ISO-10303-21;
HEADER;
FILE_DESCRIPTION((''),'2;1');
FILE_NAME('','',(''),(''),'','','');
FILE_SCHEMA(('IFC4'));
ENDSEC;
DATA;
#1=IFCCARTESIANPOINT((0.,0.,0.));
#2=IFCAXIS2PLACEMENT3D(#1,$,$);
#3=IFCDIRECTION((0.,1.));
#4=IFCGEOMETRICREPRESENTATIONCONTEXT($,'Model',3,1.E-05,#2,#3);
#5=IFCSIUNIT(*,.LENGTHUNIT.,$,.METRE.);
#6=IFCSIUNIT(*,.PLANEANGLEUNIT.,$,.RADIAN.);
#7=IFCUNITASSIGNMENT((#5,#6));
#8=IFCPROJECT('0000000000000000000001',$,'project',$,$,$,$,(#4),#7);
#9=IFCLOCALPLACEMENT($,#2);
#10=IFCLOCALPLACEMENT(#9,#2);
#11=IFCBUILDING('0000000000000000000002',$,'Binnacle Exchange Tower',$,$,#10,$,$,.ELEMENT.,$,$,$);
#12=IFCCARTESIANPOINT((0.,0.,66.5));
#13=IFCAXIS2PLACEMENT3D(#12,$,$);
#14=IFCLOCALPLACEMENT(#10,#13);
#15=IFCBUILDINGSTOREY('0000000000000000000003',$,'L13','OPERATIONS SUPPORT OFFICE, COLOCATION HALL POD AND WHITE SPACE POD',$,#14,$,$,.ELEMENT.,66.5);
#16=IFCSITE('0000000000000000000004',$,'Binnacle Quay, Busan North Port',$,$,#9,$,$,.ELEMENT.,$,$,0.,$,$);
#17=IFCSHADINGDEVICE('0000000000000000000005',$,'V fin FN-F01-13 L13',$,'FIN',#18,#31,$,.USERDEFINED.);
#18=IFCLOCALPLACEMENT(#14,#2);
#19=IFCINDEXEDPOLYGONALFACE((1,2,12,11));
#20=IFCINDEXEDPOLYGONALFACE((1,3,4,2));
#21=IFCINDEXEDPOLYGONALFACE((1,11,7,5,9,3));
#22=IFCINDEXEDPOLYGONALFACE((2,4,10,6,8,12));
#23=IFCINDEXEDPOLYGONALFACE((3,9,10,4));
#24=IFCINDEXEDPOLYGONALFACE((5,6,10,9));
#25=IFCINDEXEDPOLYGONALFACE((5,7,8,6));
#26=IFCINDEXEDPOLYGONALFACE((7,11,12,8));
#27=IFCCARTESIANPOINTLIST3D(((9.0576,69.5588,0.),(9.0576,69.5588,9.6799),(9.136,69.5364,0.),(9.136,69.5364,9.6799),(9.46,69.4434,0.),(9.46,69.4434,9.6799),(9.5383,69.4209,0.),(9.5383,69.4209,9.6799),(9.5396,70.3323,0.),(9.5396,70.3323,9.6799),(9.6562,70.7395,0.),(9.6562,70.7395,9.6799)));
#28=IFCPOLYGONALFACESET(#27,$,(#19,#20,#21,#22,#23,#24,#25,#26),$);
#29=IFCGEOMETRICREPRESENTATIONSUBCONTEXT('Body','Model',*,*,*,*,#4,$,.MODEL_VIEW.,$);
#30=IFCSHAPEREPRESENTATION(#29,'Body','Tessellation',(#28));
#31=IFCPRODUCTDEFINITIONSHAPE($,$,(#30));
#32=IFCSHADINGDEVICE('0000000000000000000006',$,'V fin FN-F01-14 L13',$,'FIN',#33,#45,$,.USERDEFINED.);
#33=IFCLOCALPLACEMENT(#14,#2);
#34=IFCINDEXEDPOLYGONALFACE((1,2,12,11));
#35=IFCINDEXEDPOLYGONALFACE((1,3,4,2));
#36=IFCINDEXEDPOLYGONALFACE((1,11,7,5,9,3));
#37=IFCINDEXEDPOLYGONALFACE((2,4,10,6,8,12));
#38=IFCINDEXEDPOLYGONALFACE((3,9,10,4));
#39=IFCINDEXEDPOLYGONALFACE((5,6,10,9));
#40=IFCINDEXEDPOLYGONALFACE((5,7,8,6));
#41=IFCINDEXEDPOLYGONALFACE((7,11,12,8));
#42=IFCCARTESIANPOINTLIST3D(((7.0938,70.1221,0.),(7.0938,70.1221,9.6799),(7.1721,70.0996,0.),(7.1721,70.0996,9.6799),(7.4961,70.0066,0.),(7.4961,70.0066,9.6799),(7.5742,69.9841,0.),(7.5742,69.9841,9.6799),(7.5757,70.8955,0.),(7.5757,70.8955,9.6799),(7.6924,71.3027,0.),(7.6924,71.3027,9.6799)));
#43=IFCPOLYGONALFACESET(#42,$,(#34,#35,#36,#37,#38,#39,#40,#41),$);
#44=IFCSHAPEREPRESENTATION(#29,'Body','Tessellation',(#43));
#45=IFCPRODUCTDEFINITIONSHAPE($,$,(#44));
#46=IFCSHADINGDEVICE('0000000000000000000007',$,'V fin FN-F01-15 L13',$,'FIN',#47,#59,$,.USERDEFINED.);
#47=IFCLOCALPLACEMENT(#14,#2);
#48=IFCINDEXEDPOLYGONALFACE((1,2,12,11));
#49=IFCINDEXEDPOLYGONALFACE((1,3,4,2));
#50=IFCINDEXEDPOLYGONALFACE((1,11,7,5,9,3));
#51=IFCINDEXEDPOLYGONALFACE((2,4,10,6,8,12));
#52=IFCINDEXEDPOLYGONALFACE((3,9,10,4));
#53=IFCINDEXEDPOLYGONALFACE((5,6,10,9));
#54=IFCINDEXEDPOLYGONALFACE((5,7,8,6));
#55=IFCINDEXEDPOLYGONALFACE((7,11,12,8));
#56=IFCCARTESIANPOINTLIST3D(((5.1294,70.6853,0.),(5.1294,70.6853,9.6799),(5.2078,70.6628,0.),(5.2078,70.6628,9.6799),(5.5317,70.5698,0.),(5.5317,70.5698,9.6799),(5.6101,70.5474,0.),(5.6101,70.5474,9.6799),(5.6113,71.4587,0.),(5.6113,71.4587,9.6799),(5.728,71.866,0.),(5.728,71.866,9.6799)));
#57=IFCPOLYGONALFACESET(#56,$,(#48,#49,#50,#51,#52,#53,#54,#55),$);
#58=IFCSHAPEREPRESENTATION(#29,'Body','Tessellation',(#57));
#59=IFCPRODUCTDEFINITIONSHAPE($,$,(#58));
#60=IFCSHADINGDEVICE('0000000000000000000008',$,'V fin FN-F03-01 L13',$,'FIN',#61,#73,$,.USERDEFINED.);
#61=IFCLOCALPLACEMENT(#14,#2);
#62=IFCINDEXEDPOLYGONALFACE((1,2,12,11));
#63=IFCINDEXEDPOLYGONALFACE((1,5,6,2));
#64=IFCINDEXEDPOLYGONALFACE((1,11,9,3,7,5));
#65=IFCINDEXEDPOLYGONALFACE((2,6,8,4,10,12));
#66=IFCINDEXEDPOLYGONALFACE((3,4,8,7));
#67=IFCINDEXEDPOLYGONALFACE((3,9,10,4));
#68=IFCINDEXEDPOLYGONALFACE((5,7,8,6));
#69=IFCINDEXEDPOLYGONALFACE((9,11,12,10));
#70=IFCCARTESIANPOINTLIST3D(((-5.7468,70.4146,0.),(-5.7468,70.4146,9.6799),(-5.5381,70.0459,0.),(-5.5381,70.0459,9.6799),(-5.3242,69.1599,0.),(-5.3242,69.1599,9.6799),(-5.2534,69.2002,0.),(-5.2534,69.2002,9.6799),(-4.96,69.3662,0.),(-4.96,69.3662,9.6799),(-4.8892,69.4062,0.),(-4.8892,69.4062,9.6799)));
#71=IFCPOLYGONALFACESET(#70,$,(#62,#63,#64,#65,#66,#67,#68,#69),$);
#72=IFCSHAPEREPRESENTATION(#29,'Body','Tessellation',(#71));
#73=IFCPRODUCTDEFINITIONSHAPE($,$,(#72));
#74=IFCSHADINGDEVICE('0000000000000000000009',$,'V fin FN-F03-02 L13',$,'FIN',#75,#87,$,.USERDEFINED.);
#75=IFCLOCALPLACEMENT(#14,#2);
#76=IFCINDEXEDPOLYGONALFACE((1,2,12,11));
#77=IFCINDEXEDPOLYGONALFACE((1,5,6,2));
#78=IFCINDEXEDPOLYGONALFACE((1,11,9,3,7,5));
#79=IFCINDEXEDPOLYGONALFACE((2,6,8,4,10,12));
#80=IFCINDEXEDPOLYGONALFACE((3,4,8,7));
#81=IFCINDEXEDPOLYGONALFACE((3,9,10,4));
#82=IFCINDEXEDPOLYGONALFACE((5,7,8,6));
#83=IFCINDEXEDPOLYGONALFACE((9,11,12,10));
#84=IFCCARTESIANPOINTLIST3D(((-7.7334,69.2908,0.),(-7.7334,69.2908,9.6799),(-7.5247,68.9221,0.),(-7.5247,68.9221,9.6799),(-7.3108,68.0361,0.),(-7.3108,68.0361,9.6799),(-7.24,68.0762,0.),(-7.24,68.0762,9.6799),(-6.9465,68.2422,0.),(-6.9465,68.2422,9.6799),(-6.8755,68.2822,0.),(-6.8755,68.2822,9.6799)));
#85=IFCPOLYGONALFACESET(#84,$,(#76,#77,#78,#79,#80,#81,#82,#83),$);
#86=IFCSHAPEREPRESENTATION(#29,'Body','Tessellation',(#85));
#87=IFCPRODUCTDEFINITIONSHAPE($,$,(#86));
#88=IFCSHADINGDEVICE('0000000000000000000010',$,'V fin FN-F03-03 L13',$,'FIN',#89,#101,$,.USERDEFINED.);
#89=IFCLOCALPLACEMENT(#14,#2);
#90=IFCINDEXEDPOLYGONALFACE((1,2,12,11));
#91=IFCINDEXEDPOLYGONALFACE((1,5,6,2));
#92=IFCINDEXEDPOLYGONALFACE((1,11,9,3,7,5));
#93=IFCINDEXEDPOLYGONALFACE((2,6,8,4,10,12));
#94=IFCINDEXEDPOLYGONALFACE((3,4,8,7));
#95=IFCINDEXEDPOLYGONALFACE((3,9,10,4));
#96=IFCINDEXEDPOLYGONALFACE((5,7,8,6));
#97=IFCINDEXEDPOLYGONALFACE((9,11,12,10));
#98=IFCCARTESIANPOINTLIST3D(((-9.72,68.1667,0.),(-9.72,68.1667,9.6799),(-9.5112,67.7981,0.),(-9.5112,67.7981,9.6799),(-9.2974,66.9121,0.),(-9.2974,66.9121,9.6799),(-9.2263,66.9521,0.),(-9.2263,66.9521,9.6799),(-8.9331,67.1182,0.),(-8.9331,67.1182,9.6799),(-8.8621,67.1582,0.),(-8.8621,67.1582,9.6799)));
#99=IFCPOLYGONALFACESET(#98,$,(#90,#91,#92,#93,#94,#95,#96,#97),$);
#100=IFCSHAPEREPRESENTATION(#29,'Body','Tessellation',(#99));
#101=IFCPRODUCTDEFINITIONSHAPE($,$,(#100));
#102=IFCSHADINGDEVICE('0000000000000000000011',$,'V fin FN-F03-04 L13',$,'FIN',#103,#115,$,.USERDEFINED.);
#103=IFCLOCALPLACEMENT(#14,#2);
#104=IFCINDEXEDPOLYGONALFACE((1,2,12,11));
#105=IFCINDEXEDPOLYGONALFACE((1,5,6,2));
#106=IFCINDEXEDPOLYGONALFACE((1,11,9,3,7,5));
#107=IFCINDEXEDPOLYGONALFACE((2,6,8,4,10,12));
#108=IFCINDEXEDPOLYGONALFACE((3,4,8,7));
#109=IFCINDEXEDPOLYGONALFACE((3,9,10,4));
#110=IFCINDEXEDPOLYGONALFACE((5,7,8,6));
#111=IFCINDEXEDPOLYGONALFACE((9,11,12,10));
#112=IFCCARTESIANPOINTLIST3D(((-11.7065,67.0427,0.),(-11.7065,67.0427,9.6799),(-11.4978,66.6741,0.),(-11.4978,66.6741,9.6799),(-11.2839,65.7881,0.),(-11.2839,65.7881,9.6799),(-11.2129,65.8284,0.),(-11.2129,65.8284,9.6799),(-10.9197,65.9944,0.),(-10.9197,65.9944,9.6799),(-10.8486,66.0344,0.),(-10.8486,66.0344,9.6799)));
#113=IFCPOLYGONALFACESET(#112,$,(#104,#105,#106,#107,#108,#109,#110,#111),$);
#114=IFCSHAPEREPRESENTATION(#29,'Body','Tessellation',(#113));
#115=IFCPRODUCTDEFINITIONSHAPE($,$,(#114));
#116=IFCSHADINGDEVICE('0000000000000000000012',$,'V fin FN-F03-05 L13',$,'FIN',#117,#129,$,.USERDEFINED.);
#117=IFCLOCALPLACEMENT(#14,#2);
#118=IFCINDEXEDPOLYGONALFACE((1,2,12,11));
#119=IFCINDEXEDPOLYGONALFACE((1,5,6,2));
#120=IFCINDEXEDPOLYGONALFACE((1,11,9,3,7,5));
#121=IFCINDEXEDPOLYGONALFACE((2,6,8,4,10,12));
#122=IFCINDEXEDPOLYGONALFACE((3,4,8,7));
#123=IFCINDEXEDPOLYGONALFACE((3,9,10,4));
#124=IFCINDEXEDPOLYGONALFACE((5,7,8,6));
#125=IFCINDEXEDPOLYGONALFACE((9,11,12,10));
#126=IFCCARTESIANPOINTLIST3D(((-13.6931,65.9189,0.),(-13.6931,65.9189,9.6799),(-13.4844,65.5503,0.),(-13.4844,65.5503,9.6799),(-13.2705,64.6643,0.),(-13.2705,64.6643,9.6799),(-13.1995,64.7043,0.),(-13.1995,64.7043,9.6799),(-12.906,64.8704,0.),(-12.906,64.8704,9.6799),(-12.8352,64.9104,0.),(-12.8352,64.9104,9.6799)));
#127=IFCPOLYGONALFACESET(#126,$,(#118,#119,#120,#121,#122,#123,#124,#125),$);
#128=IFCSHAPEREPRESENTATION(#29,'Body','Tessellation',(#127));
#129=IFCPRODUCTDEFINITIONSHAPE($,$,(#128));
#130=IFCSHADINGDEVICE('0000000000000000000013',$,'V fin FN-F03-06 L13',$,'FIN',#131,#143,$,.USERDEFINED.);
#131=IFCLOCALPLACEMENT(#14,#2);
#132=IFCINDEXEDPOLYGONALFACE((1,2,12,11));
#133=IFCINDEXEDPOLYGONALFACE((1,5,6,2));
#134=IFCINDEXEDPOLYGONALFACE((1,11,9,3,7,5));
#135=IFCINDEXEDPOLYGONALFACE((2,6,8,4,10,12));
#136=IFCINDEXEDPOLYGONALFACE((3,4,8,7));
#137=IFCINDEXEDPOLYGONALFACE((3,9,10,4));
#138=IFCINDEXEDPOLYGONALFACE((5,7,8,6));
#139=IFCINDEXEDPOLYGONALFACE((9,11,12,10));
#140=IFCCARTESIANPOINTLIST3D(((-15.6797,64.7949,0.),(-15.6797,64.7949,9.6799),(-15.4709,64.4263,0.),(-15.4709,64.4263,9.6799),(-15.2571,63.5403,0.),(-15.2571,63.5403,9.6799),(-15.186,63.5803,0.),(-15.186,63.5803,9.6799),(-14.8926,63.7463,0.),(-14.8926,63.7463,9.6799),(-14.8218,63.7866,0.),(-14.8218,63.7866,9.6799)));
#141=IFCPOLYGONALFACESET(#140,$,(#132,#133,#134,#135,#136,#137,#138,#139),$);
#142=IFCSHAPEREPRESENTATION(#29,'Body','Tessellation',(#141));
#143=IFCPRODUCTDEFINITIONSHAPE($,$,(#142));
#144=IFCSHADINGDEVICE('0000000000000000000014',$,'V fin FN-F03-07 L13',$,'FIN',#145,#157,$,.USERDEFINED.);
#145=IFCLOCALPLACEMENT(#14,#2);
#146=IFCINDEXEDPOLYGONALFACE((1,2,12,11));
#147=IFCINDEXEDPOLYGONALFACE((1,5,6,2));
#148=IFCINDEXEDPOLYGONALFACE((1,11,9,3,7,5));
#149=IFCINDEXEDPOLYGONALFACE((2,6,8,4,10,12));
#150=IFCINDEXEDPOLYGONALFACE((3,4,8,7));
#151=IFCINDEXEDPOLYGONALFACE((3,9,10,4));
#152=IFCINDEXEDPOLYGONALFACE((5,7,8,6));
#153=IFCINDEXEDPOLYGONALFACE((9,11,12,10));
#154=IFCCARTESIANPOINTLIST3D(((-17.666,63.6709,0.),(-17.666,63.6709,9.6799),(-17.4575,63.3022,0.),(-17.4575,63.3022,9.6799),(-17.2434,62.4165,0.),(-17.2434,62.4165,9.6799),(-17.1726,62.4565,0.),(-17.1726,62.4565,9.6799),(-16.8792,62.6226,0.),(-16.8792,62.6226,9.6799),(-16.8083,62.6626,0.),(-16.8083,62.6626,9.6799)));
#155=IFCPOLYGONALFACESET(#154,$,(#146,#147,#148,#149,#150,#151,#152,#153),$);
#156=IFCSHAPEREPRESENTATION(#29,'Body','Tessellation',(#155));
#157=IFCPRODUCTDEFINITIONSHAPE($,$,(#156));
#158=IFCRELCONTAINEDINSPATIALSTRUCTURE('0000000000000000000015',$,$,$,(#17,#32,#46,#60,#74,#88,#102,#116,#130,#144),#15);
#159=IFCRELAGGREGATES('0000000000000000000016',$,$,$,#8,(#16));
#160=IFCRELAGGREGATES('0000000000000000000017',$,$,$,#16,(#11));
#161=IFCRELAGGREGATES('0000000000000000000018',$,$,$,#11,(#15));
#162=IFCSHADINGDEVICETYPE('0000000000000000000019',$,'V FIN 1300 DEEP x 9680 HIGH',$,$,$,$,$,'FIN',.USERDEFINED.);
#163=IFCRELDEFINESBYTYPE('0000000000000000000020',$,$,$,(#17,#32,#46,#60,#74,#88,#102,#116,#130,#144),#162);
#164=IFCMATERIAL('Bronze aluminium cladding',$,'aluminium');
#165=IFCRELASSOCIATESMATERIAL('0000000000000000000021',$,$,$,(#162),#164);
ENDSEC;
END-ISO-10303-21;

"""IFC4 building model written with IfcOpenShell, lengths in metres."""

from ifc_helpers import new_model, si_unit, direction, frame, origin, place, context, subcontext, project, spatial, polyline, outline, extrude, material, type_object, element, save


model = new_model("IFC4")

# Units and contexts
model_context = context("Model", 3, precision=1e-05, world=origin(), true_north=direction((0.0, 1.0)))
body_context = subcontext(model_context, "Body", "Model", "MODEL_VIEW")
ifc_project = project(units=[si_unit("LENGTHUNIT", "METRE"), si_unit("PLANEANGLEUNIT", "RADIAN")], contexts=[model_context])

# Site, building, storey
site_placement = place(None, origin())
site = spatial("IfcSite", under=ifc_project, at=site_placement, Name="Binnacle Quay, Busan North Port", CompositionType="ELEMENT", RefElevation=0.0)
building_placement = place(site_placement, origin())
building = spatial("IfcBuilding", under=site, at=building_placement, Name="Binnacle Exchange Tower", CompositionType="ELEMENT")
storey_placement = place(building_placement, frame((0.0, 0.0, 66.5)))
storey = spatial("IfcBuildingStorey", under=building, at=storey_placement, Name="L13", Description="OPERATIONS SUPPORT OFFICE, COLOCATION HALL POD AND WHITE SPACE POD", CompositionType="ELEMENT", Elevation=66.5)

# Shading devices
ifc_material = material(Name="Bronze aluminium cladding", Category="aluminium")
shading_device_type = type_object("IfcShadingDeviceType", Name="V FIN 1300 DEEP x 9680 HIGH", ElementType="FIN", PredefinedType="USERDEFINED", material=ifc_material)
shading_device_1_placement = place(storey_placement, origin())
element("IfcShadingDevice", 1, at=shading_device_1_placement, inside=storey, type_object=shading_device_type, Name="V fin FN-F01-13 L13", ObjectType="FIN", PredefinedType="USERDEFINED", context=body_context, shape_type="SweptSolid", body=[
    extrude(outline(polyline([(9.5383, 69.4209), (9.6562, 70.7395), (9.0576, 69.5588), (9.136, 69.5364), (9.5396, 70.3323), (9.46, 69.4434), (9.5383, 69.4209)])), origin(), (0.0, 0.0, 1.0), 9.6799),
])
shading_device_2_placement = place(storey_placement, origin())
element("IfcShadingDevice", 2, at=shading_device_2_placement, inside=storey, type_object=shading_device_type, Name="V fin FN-F01-14 L13", ObjectType="FIN", PredefinedType="USERDEFINED", context=body_context, shape_type="SweptSolid", body=[
    extrude(outline(polyline([(7.5742, 69.9841), (7.6924, 71.3027), (7.0938, 70.1221), (7.1721, 70.0996), (7.5757, 70.8955), (7.4961, 70.0066), (7.5742, 69.9841)])), origin(), (0.0, 0.0, 1.0), 9.6799),
])
shading_device_3_placement = place(storey_placement, origin())
element("IfcShadingDevice", 3, at=shading_device_3_placement, inside=storey, type_object=shading_device_type, Name="V fin FN-F01-15 L13", ObjectType="FIN", PredefinedType="USERDEFINED", context=body_context, shape_type="SweptSolid", body=[
    extrude(outline(polyline([(5.6101, 70.5474), (5.728, 71.866), (5.1294, 70.6853), (5.2078, 70.6628), (5.6113, 71.4587), (5.5317, 70.5698), (5.6101, 70.5474)])), origin(), (0.0, 0.0, 1.0), 9.6799),
])
shading_device_4_placement = place(storey_placement, origin())
element("IfcShadingDevice", 4, at=shading_device_4_placement, inside=storey, type_object=shading_device_type, Name="V fin FN-F03-01 L13", ObjectType="FIN", PredefinedType="USERDEFINED", context=body_context, shape_type="SweptSolid", body=[
    extrude(outline(polyline([(-4.8892, 69.4062), (-5.7468, 70.4146), (-5.3242, 69.1599), (-5.2534, 69.2002), (-5.5381, 70.0459), (-4.96, 69.3662), (-4.8892, 69.4062)])), origin(), (0.0, 0.0, 1.0), 9.6799),
])
shading_device_5_placement = place(storey_placement, origin())
element("IfcShadingDevice", 5, at=shading_device_5_placement, inside=storey, type_object=shading_device_type, Name="V fin FN-F03-02 L13", ObjectType="FIN", PredefinedType="USERDEFINED", context=body_context, shape_type="SweptSolid", body=[
    extrude(outline(polyline([(-6.8755, 68.2822), (-7.7334, 69.2908), (-7.3108, 68.0361), (-7.24, 68.0762), (-7.5247, 68.9221), (-6.9465, 68.2422), (-6.8755, 68.2822)])), origin(), (0.0, 0.0, 1.0), 9.6799),
])
shading_device_6_placement = place(storey_placement, origin())
element("IfcShadingDevice", 6, at=shading_device_6_placement, inside=storey, type_object=shading_device_type, Name="V fin FN-F03-03 L13", ObjectType="FIN", PredefinedType="USERDEFINED", context=body_context, shape_type="SweptSolid", body=[
    extrude(outline(polyline([(-8.8621, 67.1582), (-9.72, 68.1667), (-9.2974, 66.9121), (-9.2263, 66.9521), (-9.5112, 67.7981), (-8.9331, 67.1182), (-8.8621, 67.1582)])), origin(), (0.0, 0.0, 1.0), 9.6799),
])
shading_device_7_placement = place(storey_placement, origin())
element("IfcShadingDevice", 7, at=shading_device_7_placement, inside=storey, type_object=shading_device_type, Name="V fin FN-F03-04 L13", ObjectType="FIN", PredefinedType="USERDEFINED", context=body_context, shape_type="SweptSolid", body=[
    extrude(outline(polyline([(-10.8486, 66.0344), (-11.7065, 67.0427), (-11.2839, 65.7881), (-11.2129, 65.8284), (-11.4978, 66.6741), (-10.9197, 65.9944), (-10.8486, 66.0344)])), origin(), (0.0, 0.0, 1.0), 9.6799),
])
shading_device_8_placement = place(storey_placement, origin())
element("IfcShadingDevice", 8, at=shading_device_8_placement, inside=storey, type_object=shading_device_type, Name="V fin FN-F03-05 L13", ObjectType="FIN", PredefinedType="USERDEFINED", context=body_context, shape_type="SweptSolid", body=[
    extrude(outline(polyline([(-12.8352, 64.9104), (-13.6931, 65.9189), (-13.2705, 64.6643), (-13.1995, 64.7043), (-13.4844, 65.5503), (-12.906, 64.8704), (-12.8352, 64.9104)])), origin(), (0.0, 0.0, 1.0), 9.6799),
])
shading_device_9_placement = place(storey_placement, origin())
element("IfcShadingDevice", 9, at=shading_device_9_placement, inside=storey, type_object=shading_device_type, Name="V fin FN-F03-06 L13", ObjectType="FIN", PredefinedType="USERDEFINED", context=body_context, shape_type="SweptSolid", body=[
    extrude(outline(polyline([(-14.8218, 63.7866), (-15.6797, 64.7949), (-15.2571, 63.5403), (-15.186, 63.5803), (-15.4709, 64.4263), (-14.8926, 63.7463), (-14.8218, 63.7866)])), origin(), (0.0, 0.0, 1.0), 9.6799),
])
shading_device_10_placement = place(storey_placement, origin())
element("IfcShadingDevice", 10, at=shading_device_10_placement, inside=storey, type_object=shading_device_type, Name="V fin FN-F03-07 L13", ObjectType="FIN", PredefinedType="USERDEFINED", context=body_context, shape_type="SweptSolid", body=[
    extrude(outline(polyline([(-16.8083, 62.6626), (-17.666, 63.6709), (-17.2434, 62.4165), (-17.1726, 62.4565), (-17.4575, 63.3022), (-16.8792, 62.6226), (-16.8083, 62.6626)])), origin(), (0.0, 0.0, 1.0), 9.6799),
])

save(model, "model.ifc")
